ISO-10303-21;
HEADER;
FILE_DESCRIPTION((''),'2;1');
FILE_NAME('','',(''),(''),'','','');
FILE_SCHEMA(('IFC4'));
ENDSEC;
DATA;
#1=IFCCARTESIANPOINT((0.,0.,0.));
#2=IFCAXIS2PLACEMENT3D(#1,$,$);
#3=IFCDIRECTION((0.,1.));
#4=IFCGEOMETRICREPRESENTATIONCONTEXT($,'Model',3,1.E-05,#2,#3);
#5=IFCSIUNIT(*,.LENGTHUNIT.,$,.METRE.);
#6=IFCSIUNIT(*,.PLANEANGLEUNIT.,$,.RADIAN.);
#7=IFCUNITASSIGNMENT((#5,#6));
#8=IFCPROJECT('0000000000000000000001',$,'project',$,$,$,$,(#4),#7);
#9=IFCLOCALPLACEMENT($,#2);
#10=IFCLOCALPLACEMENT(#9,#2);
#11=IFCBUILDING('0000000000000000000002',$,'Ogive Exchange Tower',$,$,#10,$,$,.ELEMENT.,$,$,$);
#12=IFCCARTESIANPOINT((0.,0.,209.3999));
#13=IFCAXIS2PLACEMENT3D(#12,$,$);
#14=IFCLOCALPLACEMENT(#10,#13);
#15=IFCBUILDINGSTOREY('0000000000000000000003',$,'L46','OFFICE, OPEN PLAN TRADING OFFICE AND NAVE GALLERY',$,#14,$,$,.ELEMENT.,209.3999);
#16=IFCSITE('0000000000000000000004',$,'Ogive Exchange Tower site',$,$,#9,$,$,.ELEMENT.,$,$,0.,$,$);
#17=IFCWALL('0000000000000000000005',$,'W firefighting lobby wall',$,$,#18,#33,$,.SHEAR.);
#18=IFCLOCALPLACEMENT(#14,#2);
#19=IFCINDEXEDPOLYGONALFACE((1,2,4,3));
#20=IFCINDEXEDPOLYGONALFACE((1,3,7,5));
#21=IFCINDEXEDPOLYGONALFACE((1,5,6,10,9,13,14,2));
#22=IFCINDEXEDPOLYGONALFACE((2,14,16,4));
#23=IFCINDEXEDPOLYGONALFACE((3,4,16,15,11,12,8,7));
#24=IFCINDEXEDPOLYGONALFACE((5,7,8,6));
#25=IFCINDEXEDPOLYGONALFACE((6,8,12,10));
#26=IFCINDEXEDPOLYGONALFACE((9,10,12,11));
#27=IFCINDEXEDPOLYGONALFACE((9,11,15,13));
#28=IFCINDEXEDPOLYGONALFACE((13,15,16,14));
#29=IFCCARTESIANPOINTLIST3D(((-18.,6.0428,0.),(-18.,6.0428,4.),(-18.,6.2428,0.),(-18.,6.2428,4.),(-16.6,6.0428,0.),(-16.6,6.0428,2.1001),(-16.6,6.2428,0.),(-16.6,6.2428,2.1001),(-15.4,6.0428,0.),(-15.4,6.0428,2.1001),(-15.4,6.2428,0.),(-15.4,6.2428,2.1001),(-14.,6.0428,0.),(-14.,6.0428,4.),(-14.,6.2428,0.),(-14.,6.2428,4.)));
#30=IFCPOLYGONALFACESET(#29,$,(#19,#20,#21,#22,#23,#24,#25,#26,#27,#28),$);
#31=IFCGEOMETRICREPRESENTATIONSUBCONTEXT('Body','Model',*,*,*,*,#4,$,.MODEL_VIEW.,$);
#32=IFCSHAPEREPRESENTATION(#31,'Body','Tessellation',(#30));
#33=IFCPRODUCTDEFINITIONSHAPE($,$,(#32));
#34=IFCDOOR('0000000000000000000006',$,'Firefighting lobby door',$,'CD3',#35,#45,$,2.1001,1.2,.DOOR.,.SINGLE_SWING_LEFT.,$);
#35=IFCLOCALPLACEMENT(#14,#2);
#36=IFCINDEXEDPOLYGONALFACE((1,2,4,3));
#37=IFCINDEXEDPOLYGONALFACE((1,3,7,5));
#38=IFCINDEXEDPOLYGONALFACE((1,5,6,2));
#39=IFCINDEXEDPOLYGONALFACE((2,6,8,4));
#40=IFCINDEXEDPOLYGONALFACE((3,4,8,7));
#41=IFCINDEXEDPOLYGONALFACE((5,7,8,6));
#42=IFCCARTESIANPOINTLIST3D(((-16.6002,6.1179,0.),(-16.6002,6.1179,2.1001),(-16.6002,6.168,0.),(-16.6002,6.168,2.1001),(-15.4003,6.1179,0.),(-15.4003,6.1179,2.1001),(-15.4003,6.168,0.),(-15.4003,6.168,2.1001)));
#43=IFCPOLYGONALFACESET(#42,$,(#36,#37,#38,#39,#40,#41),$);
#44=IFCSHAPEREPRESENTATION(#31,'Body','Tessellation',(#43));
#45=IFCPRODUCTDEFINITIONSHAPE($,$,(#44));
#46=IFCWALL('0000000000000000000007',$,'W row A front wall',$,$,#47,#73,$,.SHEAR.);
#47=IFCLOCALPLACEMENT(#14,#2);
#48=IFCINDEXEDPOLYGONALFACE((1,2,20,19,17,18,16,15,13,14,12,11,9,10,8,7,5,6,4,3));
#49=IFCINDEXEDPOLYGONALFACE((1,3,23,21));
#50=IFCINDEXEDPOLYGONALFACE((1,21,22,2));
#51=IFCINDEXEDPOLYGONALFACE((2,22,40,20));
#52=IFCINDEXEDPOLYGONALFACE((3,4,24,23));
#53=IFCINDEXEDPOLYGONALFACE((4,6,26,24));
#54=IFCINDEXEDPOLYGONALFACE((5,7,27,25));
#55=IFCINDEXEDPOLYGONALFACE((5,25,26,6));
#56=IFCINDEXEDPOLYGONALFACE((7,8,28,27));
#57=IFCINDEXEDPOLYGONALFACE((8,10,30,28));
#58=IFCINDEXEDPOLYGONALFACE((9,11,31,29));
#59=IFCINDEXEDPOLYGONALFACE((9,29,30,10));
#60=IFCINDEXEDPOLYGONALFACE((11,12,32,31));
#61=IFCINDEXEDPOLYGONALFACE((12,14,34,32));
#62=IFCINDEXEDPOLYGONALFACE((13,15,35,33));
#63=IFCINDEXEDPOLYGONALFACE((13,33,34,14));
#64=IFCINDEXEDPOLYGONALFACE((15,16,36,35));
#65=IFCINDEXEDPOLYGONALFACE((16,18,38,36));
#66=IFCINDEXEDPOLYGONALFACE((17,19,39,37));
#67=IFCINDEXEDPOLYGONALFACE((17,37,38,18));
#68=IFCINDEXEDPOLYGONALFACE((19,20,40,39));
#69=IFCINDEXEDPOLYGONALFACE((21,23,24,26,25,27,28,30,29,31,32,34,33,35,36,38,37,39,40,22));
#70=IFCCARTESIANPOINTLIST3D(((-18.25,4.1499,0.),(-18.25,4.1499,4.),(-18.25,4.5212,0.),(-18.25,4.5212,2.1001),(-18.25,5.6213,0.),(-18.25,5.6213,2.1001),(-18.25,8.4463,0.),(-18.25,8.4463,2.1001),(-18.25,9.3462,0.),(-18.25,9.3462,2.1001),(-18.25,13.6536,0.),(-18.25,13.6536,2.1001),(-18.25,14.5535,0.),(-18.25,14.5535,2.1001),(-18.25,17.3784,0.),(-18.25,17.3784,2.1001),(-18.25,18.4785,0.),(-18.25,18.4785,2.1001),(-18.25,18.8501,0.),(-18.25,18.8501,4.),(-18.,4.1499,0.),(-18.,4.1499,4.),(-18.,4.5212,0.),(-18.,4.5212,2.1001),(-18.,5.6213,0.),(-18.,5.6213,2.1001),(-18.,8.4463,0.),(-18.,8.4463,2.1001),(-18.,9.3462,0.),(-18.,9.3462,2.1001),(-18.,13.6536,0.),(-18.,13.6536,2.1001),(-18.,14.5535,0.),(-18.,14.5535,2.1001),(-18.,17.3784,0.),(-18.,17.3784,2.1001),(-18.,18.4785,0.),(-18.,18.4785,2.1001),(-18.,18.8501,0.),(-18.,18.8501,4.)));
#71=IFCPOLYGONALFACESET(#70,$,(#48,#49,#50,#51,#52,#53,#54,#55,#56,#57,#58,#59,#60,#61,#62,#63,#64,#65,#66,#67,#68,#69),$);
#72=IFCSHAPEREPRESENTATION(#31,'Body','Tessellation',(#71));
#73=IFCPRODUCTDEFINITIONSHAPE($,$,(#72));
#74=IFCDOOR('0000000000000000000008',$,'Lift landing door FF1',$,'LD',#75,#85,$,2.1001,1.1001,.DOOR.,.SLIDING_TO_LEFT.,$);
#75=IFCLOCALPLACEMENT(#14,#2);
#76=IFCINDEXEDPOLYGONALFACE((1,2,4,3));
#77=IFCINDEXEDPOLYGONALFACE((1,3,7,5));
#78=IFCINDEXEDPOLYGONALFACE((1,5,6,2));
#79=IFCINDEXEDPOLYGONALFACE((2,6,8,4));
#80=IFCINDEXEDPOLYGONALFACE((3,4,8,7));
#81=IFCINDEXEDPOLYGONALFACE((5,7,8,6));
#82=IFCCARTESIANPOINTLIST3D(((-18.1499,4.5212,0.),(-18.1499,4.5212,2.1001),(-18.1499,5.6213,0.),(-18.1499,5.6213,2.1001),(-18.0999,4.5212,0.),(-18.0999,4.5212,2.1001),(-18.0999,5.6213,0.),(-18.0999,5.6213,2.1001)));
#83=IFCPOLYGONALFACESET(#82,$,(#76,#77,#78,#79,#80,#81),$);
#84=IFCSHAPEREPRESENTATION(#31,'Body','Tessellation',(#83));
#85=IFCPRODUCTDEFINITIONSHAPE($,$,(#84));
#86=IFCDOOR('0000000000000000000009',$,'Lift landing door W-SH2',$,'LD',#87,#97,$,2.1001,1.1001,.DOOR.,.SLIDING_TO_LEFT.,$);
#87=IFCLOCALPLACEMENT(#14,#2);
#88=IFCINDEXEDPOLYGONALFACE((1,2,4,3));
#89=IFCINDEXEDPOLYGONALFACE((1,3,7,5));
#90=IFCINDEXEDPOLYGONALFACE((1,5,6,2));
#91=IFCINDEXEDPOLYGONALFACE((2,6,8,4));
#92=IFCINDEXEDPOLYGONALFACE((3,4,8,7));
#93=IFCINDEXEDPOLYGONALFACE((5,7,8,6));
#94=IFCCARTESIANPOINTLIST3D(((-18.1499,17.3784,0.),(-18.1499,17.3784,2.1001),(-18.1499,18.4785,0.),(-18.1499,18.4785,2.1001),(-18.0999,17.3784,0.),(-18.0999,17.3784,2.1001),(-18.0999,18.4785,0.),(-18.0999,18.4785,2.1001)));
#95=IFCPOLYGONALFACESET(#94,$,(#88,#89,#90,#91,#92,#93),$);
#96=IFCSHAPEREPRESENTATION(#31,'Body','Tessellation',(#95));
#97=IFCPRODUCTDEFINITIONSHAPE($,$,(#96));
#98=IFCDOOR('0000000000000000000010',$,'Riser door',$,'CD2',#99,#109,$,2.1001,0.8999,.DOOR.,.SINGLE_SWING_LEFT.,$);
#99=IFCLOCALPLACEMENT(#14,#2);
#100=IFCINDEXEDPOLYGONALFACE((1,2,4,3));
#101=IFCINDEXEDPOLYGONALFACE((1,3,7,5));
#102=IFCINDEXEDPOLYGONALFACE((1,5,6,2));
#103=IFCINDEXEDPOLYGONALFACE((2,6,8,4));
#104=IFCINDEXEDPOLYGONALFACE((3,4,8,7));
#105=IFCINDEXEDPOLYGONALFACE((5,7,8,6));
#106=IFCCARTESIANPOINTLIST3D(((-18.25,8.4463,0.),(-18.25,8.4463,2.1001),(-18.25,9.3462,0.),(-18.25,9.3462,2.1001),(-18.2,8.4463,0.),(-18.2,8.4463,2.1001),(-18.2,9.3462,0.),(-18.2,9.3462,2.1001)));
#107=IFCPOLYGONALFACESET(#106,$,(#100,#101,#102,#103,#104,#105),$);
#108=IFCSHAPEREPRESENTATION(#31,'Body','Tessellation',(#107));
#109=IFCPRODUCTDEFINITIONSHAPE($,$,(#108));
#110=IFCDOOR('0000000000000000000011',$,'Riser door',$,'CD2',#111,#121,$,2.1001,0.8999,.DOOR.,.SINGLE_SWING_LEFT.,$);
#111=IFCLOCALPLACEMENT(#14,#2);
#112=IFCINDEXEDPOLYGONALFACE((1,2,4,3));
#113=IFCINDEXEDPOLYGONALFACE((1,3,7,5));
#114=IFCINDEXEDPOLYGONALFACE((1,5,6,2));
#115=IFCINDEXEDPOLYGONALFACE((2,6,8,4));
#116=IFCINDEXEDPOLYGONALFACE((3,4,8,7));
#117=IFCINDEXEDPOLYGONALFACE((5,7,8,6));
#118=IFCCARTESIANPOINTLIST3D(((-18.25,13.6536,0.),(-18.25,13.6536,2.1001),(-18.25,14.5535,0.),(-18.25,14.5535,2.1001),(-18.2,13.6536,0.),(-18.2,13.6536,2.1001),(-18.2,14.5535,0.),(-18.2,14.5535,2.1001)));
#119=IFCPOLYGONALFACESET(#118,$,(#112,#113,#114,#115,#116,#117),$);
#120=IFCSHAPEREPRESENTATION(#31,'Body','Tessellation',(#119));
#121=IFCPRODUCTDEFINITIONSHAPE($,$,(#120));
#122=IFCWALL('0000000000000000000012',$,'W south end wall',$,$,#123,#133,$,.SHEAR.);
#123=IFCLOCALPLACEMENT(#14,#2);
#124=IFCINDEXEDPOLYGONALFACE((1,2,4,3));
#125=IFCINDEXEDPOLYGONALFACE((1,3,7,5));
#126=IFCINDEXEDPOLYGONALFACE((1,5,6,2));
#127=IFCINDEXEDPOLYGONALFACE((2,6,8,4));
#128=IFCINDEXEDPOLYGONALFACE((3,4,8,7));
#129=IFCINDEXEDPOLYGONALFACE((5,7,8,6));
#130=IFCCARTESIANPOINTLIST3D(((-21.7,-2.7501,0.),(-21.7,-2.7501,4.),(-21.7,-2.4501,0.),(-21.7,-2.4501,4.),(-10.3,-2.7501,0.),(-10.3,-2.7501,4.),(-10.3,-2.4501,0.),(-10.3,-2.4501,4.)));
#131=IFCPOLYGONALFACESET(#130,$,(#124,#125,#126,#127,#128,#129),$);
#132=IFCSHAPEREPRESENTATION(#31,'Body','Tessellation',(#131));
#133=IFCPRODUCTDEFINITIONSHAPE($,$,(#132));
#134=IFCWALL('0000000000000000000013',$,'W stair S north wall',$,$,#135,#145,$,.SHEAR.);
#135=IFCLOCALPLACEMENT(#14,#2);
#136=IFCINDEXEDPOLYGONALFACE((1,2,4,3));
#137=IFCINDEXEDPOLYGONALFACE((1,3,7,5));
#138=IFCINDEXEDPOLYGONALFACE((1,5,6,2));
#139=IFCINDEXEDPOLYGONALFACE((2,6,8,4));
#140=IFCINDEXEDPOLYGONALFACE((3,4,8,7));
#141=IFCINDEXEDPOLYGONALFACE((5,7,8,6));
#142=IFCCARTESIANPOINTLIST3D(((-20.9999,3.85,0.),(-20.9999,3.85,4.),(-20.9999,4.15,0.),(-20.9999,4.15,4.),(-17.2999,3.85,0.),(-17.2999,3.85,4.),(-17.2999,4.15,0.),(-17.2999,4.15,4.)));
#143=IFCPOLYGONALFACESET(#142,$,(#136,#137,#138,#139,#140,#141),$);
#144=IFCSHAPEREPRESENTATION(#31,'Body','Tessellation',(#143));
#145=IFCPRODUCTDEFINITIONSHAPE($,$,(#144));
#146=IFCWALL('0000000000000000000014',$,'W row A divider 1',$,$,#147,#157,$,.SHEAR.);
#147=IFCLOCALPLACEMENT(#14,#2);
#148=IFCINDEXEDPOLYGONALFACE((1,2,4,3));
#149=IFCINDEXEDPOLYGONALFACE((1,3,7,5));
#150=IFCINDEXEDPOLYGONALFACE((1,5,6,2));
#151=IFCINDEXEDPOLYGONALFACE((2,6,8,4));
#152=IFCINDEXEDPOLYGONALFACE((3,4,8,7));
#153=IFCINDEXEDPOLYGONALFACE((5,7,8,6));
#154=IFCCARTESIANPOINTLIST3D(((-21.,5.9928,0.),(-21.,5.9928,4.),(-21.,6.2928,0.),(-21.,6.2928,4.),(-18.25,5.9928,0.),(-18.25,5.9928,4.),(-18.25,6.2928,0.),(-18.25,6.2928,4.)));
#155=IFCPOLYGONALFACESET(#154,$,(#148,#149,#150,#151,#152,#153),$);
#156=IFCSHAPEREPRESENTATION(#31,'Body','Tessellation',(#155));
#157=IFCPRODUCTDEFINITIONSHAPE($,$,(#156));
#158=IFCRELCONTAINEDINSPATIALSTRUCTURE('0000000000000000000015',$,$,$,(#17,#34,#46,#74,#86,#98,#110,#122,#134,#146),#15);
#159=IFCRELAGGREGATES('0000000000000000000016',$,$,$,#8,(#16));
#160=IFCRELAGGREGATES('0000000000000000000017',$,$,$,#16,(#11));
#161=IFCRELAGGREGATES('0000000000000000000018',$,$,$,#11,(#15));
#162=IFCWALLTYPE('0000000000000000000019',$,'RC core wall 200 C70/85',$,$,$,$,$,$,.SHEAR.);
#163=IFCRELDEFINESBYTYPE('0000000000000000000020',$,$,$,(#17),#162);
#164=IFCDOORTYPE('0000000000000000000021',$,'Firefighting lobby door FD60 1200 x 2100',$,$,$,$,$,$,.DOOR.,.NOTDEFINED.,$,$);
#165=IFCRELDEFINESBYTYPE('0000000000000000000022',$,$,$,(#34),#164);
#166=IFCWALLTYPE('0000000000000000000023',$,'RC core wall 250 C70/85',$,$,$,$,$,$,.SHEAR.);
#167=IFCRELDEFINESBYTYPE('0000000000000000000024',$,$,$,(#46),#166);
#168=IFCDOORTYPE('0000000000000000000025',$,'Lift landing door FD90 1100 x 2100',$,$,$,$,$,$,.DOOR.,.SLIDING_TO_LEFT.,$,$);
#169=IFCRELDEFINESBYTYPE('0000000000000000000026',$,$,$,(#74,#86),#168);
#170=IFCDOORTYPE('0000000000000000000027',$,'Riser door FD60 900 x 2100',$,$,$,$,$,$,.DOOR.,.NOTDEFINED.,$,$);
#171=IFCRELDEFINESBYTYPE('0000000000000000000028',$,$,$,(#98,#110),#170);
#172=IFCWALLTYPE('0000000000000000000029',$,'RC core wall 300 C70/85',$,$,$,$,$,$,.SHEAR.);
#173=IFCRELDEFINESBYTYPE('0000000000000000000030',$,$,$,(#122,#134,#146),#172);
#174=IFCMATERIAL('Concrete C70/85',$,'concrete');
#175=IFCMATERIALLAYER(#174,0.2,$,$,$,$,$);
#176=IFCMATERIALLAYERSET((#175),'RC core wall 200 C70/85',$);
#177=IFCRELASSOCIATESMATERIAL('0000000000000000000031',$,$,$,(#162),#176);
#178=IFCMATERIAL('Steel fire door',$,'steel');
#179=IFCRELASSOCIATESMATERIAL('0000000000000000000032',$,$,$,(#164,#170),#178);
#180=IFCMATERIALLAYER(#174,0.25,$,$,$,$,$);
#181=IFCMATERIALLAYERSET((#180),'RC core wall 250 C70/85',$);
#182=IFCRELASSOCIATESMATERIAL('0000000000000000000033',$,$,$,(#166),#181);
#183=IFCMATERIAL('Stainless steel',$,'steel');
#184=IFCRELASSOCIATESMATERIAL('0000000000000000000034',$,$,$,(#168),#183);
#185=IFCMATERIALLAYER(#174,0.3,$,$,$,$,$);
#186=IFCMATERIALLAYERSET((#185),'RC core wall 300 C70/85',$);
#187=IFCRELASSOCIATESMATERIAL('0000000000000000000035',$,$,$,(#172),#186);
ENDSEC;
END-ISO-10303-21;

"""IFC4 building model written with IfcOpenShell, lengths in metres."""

from ifc_helpers import new_model, si_unit, direction, frame, frame_2d, origin, place, context, subcontext, project, spatial, rectangle, extrude, material, layer, layer_set, type_object, element, fill, save


model = new_model("IFC4")

# Units and contexts
model_context = context("Model", 3, precision=1e-05, world=origin(), true_north=direction((0.0, 1.0)))
body_context = subcontext(model_context, "Body", "Model", "MODEL_VIEW")
ifc_project = project(units=[si_unit("LENGTHUNIT", "METRE"), si_unit("PLANEANGLEUNIT", "RADIAN")], contexts=[model_context])

# Site, building, storey
site_placement = place(None, origin())
site = spatial("IfcSite", under=ifc_project, at=site_placement, Name="Ogive Exchange Tower site", CompositionType="ELEMENT", RefElevation=0.0)
building_placement = place(site_placement, origin())
building = spatial("IfcBuilding", under=site, at=building_placement, Name="Ogive Exchange Tower", CompositionType="ELEMENT")
storey_placement = place(building_placement, frame((0.0, 0.0, 209.3999)))
storey = spatial("IfcBuildingStorey", under=building, at=storey_placement, Name="L46", Description="OFFICE, OPEN PLAN TRADING OFFICE AND NAVE GALLERY", CompositionType="ELEMENT", Elevation=209.3999)

# Wall, opening, door
ifc_material_1 = material(Name="Concrete C70/85", Category="concrete")
ifc_layer_1 = layer(ifc_material_1, 0.2)
ifc_layer_set_1 = layer_set([ifc_layer_1], Name="RC core wall 200 C70/85")
wall_type_1 = type_object("IfcWallType", Name="RC core wall 200 C70/85", PredefinedType="SHEAR", material=ifc_layer_set_1)
wall_1_placement = place(storey_placement, frame((-18.0, 6.1428, 0.0), z_axis=(0.0, 0.0, 1.0), x_axis=(1.0, 0.0, 0.0)))
wall_1 = element("IfcWall", 1, at=wall_1_placement, inside=storey, type_object=wall_type_1, Name="W firefighting lobby wall", PredefinedType="SHEAR", context=body_context, shape_type="SweptSolid", body=[
    extrude(rectangle(XDim=4.0, YDim=0.2, at=frame_2d((2.0, 0.0))), origin(), (0.0, 0.0, 1.0), 4.0),
])
opening_1_placement = place(wall_1_placement, frame((1.3999, 0.0, 0.0)))
opening_1 = element("IfcOpeningElement", 2, at=opening_1_placement, cuts=wall_1, PredefinedType="OPENING", context=body_context, shape_type="SweptSolid", body=[
    extrude(rectangle(XDim=1.2, YDim=2.1001, at=frame_2d((0.6001, 1.05))), frame((0.0, 0.1099, 0.0), z_axis=(0.0, -1.0, 0.0), x_axis=(1.0, 0.0, 0.0)), (0.0, 0.0, 1.0), 0.22),
])
ifc_material_2 = material(Name="Steel fire door", Category="steel")
door_type_1 = type_object("IfcDoorType", Name="Firefighting lobby door FD60 1200 x 2100", OperationType="NOTDEFINED", PredefinedType="DOOR", material=ifc_material_2)
door_1_placement = place(opening_1_placement, frame((1.2, 0.0, 0.0), z_axis=(0.0, 0.0, 1.0), x_axis=(-1.0, 0.0, 0.0)))
door_1 = element("IfcDoor", 3, at=door_1_placement, inside=storey, type_object=door_type_1, Name="Firefighting lobby door", ObjectType="CD3", OperationType="SINGLE_SWING_LEFT", OverallHeight=2.1001, OverallWidth=1.2, PredefinedType="DOOR", context=body_context, shape_type="SweptSolid", body=[
    extrude(rectangle(XDim=1.2, YDim=2.1001, at=frame_2d((0.6001, 1.05))), frame((0.0, 0.0249, 0.0), z_axis=(0.0, -1.0, 0.0), x_axis=(1.0, 0.0, 0.0)), (0.0, 0.0, 1.0), 0.05),
])
fill(opening_1, door_1)

# Wall, openings, doors
ifc_layer_2 = layer(ifc_material_1, 0.25)
ifc_layer_set_2 = layer_set([ifc_layer_2], Name="RC core wall 250 C70/85")
wall_type_2 = type_object("IfcWallType", Name="RC core wall 250 C70/85", PredefinedType="SHEAR", material=ifc_layer_set_2)
wall_2_placement = place(storey_placement, frame((-18.125, 4.1499, 0.0), z_axis=(0.0, 0.0, 1.0), x_axis=(0.0, 1.0, 0.0)))
wall_2 = element("IfcWall", 4, at=wall_2_placement, inside=storey, type_object=wall_type_2, Name="W row A front wall", PredefinedType="SHEAR", context=body_context, shape_type="SweptSolid", body=[
    extrude(rectangle(XDim=14.7002, YDim=0.25, at=frame_2d((7.3501, 0.0))), origin(), (0.0, 0.0, 1.0), 4.0),
])
opening_2_placement = place(wall_2_placement, frame((4.2964, 0.0, 0.0)))
opening_2 = element("IfcOpeningElement", 5, at=opening_2_placement, cuts=wall_2, PredefinedType="OPENING", context=body_context, shape_type="SweptSolid", body=[
    extrude(rectangle(XDim=0.8999, YDim=2.1001, at=frame_2d((0.45, 1.05))), frame((0.0, 0.135, 0.0), z_axis=(0.0, -1.0, 0.0), x_axis=(1.0, 0.0, 0.0)), (0.0, 0.0, 1.0), 0.27),
])
opening_3_placement = place(wall_2_placement, frame((9.5037, 0.0, 0.0)))
opening_3 = element("IfcOpeningElement", 6, at=opening_3_placement, cuts=wall_2, PredefinedType="OPENING", context=body_context, shape_type="SweptSolid", body=[
    extrude(rectangle(XDim=0.8999, YDim=2.1001, at=frame_2d((0.45, 1.05))), frame((0.0, 0.135, 0.0), z_axis=(0.0, -1.0, 0.0), x_axis=(1.0, 0.0, 0.0)), (0.0, 0.0, 1.0), 0.27),
])
opening_4_placement = place(wall_2_placement, frame((0.3713, 0.0, 0.0)))
opening_4 = element("IfcOpeningElement", 7, at=opening_4_placement, cuts=wall_2, PredefinedType="OPENING", context=body_context, shape_type="SweptSolid", body=[
    extrude(rectangle(XDim=1.1001, YDim=2.1001, at=frame_2d((0.55, 1.05))), frame((0.0, 0.135, 0.0), z_axis=(0.0, -1.0, 0.0), x_axis=(1.0, 0.0, 0.0)), (0.0, 0.0, 1.0), 0.27),
])
opening_5_placement = place(wall_2_placement, frame((13.2285, 0.0, 0.0)))
opening_5 = element("IfcOpeningElement", 8, at=opening_5_placement, cuts=wall_2, PredefinedType="OPENING", context=body_context, shape_type="SweptSolid", body=[
    extrude(rectangle(XDim=1.1001, YDim=2.1001, at=frame_2d((0.55, 1.05))), frame((0.0, 0.135, 0.0), z_axis=(0.0, -1.0, 0.0), x_axis=(1.0, 0.0, 0.0)), (0.0, 0.0, 1.0), 0.27),
])
ifc_material_3 = material(Name="Stainless steel", Category="steel")
door_type_2 = type_object("IfcDoorType", Name="Lift landing door FD90 1100 x 2100", OperationType="SLIDING_TO_LEFT", PredefinedType="DOOR", material=ifc_material_3)
door_2_placement = place(opening_4_placement, origin())
door_2 = element("IfcDoor", 9, at=door_2_placement, inside=storey, type_object=door_type_2, Name="Lift landing door FF1", ObjectType="LD", OperationType="SLIDING_TO_LEFT", OverallHeight=2.1001, OverallWidth=1.1001, PredefinedType="DOOR", context=body_context, shape_type="SweptSolid", body=[
    extrude(rectangle(XDim=1.1001, YDim=2.1001, at=frame_2d((0.55, 1.05))), frame((0.0, 0.0249, 0.0), z_axis=(0.0, -1.0, 0.0), x_axis=(1.0, 0.0, 0.0)), (0.0, 0.0, 1.0), 0.05),
])
fill(opening_4, door_2)
door_3_placement = place(opening_5_placement, origin())
door_3 = element("IfcDoor", 10, at=door_3_placement, inside=storey, type_object=door_type_2, Name="Lift landing door W-SH2", ObjectType="LD", OperationType="SLIDING_TO_LEFT", OverallHeight=2.1001, OverallWidth=1.1001, PredefinedType="DOOR", context=body_context, shape_type="SweptSolid", body=[
    extrude(rectangle(XDim=1.1001, YDim=2.1001, at=frame_2d((0.55, 1.05))), frame((0.0, 0.0249, 0.0), z_axis=(0.0, -1.0, 0.0), x_axis=(1.0, 0.0, 0.0)), (0.0, 0.0, 1.0), 0.05),
])
fill(opening_5, door_3)
door_type_3 = type_object("IfcDoorType", Name="Riser door FD60 900 x 2100", OperationType="NOTDEFINED", PredefinedType="DOOR", material=ifc_material_2)
door_4_placement = place(opening_2_placement, origin())
door_4 = element("IfcDoor", 11, at=door_4_placement, inside=storey, type_object=door_type_3, Name="Riser door", ObjectType="CD2", OperationType="SINGLE_SWING_LEFT", OverallHeight=2.1001, OverallWidth=0.8999, PredefinedType="DOOR", context=body_context, shape_type="SweptSolid", body=[
    extrude(rectangle(XDim=0.8999, YDim=2.1001, at=frame_2d((0.45, 1.05))), frame((0.0, 0.125, 0.0), z_axis=(0.0, -1.0, 0.0), x_axis=(1.0, 0.0, 0.0)), (0.0, 0.0, 1.0), 0.05),
])
fill(opening_2, door_4)
door_5_placement = place(opening_3_placement, origin())
door_5 = element("IfcDoor", 12, at=door_5_placement, inside=storey, type_object=door_type_3, Name="Riser door", ObjectType="CD2", OperationType="SINGLE_SWING_LEFT", OverallHeight=2.1001, OverallWidth=0.8999, PredefinedType="DOOR", context=body_context, shape_type="SweptSolid", body=[
    extrude(rectangle(XDim=0.8999, YDim=2.1001, at=frame_2d((0.45, 1.05))), frame((0.0, 0.125, 0.0), z_axis=(0.0, -1.0, 0.0), x_axis=(1.0, 0.0, 0.0)), (0.0, 0.0, 1.0), 0.05),
])
fill(opening_3, door_5)

# Walls
ifc_layer_3 = layer(ifc_material_1, 0.3)
ifc_layer_set_3 = layer_set([ifc_layer_3], Name="RC core wall 300 C70/85")
wall_type_3 = type_object("IfcWallType", Name="RC core wall 300 C70/85", PredefinedType="SHEAR", material=ifc_layer_set_3)
wall_3_placement = place(storey_placement, frame((-21.7, -2.6001, 0.0), z_axis=(0.0, 0.0, 1.0), x_axis=(1.0, 0.0, 0.0)))
element("IfcWall", 13, at=wall_3_placement, inside=storey, type_object=wall_type_3, Name="W south end wall", PredefinedType="SHEAR", context=body_context, shape_type="SweptSolid", body=[
    extrude(rectangle(XDim=11.3999, YDim=0.3, at=frame_2d((5.7, 0.0))), origin(), (0.0, 0.0, 1.0), 4.0),
])
wall_4_placement = place(storey_placement, frame((-21.0, 4.0, 0.0), z_axis=(0.0, 0.0, 1.0), x_axis=(1.0, 0.0, 0.0)))
element("IfcWall", 14, at=wall_4_placement, inside=storey, type_object=wall_type_3, Name="W stair S north wall", PredefinedType="SHEAR", context=body_context, shape_type="SweptSolid", body=[
    extrude(rectangle(XDim=3.7, YDim=0.3, at=frame_2d((1.8501, 0.0))), origin(), (0.0, 0.0, 1.0), 4.0),
])
wall_5_placement = place(storey_placement, frame((-21.0, 6.1428, 0.0), z_axis=(0.0, 0.0, 1.0), x_axis=(1.0, 0.0, 0.0)))
element("IfcWall", 15, at=wall_5_placement, inside=storey, type_object=wall_type_3, Name="W row A divider 1", PredefinedType="SHEAR", context=body_context, shape_type="SweptSolid", body=[
    extrude(rectangle(XDim=2.75, YDim=0.3, at=frame_2d((1.375, 0.0))), origin(), (0.0, 0.0, 1.0), 4.0),
])

save(model, "model.ifc")
